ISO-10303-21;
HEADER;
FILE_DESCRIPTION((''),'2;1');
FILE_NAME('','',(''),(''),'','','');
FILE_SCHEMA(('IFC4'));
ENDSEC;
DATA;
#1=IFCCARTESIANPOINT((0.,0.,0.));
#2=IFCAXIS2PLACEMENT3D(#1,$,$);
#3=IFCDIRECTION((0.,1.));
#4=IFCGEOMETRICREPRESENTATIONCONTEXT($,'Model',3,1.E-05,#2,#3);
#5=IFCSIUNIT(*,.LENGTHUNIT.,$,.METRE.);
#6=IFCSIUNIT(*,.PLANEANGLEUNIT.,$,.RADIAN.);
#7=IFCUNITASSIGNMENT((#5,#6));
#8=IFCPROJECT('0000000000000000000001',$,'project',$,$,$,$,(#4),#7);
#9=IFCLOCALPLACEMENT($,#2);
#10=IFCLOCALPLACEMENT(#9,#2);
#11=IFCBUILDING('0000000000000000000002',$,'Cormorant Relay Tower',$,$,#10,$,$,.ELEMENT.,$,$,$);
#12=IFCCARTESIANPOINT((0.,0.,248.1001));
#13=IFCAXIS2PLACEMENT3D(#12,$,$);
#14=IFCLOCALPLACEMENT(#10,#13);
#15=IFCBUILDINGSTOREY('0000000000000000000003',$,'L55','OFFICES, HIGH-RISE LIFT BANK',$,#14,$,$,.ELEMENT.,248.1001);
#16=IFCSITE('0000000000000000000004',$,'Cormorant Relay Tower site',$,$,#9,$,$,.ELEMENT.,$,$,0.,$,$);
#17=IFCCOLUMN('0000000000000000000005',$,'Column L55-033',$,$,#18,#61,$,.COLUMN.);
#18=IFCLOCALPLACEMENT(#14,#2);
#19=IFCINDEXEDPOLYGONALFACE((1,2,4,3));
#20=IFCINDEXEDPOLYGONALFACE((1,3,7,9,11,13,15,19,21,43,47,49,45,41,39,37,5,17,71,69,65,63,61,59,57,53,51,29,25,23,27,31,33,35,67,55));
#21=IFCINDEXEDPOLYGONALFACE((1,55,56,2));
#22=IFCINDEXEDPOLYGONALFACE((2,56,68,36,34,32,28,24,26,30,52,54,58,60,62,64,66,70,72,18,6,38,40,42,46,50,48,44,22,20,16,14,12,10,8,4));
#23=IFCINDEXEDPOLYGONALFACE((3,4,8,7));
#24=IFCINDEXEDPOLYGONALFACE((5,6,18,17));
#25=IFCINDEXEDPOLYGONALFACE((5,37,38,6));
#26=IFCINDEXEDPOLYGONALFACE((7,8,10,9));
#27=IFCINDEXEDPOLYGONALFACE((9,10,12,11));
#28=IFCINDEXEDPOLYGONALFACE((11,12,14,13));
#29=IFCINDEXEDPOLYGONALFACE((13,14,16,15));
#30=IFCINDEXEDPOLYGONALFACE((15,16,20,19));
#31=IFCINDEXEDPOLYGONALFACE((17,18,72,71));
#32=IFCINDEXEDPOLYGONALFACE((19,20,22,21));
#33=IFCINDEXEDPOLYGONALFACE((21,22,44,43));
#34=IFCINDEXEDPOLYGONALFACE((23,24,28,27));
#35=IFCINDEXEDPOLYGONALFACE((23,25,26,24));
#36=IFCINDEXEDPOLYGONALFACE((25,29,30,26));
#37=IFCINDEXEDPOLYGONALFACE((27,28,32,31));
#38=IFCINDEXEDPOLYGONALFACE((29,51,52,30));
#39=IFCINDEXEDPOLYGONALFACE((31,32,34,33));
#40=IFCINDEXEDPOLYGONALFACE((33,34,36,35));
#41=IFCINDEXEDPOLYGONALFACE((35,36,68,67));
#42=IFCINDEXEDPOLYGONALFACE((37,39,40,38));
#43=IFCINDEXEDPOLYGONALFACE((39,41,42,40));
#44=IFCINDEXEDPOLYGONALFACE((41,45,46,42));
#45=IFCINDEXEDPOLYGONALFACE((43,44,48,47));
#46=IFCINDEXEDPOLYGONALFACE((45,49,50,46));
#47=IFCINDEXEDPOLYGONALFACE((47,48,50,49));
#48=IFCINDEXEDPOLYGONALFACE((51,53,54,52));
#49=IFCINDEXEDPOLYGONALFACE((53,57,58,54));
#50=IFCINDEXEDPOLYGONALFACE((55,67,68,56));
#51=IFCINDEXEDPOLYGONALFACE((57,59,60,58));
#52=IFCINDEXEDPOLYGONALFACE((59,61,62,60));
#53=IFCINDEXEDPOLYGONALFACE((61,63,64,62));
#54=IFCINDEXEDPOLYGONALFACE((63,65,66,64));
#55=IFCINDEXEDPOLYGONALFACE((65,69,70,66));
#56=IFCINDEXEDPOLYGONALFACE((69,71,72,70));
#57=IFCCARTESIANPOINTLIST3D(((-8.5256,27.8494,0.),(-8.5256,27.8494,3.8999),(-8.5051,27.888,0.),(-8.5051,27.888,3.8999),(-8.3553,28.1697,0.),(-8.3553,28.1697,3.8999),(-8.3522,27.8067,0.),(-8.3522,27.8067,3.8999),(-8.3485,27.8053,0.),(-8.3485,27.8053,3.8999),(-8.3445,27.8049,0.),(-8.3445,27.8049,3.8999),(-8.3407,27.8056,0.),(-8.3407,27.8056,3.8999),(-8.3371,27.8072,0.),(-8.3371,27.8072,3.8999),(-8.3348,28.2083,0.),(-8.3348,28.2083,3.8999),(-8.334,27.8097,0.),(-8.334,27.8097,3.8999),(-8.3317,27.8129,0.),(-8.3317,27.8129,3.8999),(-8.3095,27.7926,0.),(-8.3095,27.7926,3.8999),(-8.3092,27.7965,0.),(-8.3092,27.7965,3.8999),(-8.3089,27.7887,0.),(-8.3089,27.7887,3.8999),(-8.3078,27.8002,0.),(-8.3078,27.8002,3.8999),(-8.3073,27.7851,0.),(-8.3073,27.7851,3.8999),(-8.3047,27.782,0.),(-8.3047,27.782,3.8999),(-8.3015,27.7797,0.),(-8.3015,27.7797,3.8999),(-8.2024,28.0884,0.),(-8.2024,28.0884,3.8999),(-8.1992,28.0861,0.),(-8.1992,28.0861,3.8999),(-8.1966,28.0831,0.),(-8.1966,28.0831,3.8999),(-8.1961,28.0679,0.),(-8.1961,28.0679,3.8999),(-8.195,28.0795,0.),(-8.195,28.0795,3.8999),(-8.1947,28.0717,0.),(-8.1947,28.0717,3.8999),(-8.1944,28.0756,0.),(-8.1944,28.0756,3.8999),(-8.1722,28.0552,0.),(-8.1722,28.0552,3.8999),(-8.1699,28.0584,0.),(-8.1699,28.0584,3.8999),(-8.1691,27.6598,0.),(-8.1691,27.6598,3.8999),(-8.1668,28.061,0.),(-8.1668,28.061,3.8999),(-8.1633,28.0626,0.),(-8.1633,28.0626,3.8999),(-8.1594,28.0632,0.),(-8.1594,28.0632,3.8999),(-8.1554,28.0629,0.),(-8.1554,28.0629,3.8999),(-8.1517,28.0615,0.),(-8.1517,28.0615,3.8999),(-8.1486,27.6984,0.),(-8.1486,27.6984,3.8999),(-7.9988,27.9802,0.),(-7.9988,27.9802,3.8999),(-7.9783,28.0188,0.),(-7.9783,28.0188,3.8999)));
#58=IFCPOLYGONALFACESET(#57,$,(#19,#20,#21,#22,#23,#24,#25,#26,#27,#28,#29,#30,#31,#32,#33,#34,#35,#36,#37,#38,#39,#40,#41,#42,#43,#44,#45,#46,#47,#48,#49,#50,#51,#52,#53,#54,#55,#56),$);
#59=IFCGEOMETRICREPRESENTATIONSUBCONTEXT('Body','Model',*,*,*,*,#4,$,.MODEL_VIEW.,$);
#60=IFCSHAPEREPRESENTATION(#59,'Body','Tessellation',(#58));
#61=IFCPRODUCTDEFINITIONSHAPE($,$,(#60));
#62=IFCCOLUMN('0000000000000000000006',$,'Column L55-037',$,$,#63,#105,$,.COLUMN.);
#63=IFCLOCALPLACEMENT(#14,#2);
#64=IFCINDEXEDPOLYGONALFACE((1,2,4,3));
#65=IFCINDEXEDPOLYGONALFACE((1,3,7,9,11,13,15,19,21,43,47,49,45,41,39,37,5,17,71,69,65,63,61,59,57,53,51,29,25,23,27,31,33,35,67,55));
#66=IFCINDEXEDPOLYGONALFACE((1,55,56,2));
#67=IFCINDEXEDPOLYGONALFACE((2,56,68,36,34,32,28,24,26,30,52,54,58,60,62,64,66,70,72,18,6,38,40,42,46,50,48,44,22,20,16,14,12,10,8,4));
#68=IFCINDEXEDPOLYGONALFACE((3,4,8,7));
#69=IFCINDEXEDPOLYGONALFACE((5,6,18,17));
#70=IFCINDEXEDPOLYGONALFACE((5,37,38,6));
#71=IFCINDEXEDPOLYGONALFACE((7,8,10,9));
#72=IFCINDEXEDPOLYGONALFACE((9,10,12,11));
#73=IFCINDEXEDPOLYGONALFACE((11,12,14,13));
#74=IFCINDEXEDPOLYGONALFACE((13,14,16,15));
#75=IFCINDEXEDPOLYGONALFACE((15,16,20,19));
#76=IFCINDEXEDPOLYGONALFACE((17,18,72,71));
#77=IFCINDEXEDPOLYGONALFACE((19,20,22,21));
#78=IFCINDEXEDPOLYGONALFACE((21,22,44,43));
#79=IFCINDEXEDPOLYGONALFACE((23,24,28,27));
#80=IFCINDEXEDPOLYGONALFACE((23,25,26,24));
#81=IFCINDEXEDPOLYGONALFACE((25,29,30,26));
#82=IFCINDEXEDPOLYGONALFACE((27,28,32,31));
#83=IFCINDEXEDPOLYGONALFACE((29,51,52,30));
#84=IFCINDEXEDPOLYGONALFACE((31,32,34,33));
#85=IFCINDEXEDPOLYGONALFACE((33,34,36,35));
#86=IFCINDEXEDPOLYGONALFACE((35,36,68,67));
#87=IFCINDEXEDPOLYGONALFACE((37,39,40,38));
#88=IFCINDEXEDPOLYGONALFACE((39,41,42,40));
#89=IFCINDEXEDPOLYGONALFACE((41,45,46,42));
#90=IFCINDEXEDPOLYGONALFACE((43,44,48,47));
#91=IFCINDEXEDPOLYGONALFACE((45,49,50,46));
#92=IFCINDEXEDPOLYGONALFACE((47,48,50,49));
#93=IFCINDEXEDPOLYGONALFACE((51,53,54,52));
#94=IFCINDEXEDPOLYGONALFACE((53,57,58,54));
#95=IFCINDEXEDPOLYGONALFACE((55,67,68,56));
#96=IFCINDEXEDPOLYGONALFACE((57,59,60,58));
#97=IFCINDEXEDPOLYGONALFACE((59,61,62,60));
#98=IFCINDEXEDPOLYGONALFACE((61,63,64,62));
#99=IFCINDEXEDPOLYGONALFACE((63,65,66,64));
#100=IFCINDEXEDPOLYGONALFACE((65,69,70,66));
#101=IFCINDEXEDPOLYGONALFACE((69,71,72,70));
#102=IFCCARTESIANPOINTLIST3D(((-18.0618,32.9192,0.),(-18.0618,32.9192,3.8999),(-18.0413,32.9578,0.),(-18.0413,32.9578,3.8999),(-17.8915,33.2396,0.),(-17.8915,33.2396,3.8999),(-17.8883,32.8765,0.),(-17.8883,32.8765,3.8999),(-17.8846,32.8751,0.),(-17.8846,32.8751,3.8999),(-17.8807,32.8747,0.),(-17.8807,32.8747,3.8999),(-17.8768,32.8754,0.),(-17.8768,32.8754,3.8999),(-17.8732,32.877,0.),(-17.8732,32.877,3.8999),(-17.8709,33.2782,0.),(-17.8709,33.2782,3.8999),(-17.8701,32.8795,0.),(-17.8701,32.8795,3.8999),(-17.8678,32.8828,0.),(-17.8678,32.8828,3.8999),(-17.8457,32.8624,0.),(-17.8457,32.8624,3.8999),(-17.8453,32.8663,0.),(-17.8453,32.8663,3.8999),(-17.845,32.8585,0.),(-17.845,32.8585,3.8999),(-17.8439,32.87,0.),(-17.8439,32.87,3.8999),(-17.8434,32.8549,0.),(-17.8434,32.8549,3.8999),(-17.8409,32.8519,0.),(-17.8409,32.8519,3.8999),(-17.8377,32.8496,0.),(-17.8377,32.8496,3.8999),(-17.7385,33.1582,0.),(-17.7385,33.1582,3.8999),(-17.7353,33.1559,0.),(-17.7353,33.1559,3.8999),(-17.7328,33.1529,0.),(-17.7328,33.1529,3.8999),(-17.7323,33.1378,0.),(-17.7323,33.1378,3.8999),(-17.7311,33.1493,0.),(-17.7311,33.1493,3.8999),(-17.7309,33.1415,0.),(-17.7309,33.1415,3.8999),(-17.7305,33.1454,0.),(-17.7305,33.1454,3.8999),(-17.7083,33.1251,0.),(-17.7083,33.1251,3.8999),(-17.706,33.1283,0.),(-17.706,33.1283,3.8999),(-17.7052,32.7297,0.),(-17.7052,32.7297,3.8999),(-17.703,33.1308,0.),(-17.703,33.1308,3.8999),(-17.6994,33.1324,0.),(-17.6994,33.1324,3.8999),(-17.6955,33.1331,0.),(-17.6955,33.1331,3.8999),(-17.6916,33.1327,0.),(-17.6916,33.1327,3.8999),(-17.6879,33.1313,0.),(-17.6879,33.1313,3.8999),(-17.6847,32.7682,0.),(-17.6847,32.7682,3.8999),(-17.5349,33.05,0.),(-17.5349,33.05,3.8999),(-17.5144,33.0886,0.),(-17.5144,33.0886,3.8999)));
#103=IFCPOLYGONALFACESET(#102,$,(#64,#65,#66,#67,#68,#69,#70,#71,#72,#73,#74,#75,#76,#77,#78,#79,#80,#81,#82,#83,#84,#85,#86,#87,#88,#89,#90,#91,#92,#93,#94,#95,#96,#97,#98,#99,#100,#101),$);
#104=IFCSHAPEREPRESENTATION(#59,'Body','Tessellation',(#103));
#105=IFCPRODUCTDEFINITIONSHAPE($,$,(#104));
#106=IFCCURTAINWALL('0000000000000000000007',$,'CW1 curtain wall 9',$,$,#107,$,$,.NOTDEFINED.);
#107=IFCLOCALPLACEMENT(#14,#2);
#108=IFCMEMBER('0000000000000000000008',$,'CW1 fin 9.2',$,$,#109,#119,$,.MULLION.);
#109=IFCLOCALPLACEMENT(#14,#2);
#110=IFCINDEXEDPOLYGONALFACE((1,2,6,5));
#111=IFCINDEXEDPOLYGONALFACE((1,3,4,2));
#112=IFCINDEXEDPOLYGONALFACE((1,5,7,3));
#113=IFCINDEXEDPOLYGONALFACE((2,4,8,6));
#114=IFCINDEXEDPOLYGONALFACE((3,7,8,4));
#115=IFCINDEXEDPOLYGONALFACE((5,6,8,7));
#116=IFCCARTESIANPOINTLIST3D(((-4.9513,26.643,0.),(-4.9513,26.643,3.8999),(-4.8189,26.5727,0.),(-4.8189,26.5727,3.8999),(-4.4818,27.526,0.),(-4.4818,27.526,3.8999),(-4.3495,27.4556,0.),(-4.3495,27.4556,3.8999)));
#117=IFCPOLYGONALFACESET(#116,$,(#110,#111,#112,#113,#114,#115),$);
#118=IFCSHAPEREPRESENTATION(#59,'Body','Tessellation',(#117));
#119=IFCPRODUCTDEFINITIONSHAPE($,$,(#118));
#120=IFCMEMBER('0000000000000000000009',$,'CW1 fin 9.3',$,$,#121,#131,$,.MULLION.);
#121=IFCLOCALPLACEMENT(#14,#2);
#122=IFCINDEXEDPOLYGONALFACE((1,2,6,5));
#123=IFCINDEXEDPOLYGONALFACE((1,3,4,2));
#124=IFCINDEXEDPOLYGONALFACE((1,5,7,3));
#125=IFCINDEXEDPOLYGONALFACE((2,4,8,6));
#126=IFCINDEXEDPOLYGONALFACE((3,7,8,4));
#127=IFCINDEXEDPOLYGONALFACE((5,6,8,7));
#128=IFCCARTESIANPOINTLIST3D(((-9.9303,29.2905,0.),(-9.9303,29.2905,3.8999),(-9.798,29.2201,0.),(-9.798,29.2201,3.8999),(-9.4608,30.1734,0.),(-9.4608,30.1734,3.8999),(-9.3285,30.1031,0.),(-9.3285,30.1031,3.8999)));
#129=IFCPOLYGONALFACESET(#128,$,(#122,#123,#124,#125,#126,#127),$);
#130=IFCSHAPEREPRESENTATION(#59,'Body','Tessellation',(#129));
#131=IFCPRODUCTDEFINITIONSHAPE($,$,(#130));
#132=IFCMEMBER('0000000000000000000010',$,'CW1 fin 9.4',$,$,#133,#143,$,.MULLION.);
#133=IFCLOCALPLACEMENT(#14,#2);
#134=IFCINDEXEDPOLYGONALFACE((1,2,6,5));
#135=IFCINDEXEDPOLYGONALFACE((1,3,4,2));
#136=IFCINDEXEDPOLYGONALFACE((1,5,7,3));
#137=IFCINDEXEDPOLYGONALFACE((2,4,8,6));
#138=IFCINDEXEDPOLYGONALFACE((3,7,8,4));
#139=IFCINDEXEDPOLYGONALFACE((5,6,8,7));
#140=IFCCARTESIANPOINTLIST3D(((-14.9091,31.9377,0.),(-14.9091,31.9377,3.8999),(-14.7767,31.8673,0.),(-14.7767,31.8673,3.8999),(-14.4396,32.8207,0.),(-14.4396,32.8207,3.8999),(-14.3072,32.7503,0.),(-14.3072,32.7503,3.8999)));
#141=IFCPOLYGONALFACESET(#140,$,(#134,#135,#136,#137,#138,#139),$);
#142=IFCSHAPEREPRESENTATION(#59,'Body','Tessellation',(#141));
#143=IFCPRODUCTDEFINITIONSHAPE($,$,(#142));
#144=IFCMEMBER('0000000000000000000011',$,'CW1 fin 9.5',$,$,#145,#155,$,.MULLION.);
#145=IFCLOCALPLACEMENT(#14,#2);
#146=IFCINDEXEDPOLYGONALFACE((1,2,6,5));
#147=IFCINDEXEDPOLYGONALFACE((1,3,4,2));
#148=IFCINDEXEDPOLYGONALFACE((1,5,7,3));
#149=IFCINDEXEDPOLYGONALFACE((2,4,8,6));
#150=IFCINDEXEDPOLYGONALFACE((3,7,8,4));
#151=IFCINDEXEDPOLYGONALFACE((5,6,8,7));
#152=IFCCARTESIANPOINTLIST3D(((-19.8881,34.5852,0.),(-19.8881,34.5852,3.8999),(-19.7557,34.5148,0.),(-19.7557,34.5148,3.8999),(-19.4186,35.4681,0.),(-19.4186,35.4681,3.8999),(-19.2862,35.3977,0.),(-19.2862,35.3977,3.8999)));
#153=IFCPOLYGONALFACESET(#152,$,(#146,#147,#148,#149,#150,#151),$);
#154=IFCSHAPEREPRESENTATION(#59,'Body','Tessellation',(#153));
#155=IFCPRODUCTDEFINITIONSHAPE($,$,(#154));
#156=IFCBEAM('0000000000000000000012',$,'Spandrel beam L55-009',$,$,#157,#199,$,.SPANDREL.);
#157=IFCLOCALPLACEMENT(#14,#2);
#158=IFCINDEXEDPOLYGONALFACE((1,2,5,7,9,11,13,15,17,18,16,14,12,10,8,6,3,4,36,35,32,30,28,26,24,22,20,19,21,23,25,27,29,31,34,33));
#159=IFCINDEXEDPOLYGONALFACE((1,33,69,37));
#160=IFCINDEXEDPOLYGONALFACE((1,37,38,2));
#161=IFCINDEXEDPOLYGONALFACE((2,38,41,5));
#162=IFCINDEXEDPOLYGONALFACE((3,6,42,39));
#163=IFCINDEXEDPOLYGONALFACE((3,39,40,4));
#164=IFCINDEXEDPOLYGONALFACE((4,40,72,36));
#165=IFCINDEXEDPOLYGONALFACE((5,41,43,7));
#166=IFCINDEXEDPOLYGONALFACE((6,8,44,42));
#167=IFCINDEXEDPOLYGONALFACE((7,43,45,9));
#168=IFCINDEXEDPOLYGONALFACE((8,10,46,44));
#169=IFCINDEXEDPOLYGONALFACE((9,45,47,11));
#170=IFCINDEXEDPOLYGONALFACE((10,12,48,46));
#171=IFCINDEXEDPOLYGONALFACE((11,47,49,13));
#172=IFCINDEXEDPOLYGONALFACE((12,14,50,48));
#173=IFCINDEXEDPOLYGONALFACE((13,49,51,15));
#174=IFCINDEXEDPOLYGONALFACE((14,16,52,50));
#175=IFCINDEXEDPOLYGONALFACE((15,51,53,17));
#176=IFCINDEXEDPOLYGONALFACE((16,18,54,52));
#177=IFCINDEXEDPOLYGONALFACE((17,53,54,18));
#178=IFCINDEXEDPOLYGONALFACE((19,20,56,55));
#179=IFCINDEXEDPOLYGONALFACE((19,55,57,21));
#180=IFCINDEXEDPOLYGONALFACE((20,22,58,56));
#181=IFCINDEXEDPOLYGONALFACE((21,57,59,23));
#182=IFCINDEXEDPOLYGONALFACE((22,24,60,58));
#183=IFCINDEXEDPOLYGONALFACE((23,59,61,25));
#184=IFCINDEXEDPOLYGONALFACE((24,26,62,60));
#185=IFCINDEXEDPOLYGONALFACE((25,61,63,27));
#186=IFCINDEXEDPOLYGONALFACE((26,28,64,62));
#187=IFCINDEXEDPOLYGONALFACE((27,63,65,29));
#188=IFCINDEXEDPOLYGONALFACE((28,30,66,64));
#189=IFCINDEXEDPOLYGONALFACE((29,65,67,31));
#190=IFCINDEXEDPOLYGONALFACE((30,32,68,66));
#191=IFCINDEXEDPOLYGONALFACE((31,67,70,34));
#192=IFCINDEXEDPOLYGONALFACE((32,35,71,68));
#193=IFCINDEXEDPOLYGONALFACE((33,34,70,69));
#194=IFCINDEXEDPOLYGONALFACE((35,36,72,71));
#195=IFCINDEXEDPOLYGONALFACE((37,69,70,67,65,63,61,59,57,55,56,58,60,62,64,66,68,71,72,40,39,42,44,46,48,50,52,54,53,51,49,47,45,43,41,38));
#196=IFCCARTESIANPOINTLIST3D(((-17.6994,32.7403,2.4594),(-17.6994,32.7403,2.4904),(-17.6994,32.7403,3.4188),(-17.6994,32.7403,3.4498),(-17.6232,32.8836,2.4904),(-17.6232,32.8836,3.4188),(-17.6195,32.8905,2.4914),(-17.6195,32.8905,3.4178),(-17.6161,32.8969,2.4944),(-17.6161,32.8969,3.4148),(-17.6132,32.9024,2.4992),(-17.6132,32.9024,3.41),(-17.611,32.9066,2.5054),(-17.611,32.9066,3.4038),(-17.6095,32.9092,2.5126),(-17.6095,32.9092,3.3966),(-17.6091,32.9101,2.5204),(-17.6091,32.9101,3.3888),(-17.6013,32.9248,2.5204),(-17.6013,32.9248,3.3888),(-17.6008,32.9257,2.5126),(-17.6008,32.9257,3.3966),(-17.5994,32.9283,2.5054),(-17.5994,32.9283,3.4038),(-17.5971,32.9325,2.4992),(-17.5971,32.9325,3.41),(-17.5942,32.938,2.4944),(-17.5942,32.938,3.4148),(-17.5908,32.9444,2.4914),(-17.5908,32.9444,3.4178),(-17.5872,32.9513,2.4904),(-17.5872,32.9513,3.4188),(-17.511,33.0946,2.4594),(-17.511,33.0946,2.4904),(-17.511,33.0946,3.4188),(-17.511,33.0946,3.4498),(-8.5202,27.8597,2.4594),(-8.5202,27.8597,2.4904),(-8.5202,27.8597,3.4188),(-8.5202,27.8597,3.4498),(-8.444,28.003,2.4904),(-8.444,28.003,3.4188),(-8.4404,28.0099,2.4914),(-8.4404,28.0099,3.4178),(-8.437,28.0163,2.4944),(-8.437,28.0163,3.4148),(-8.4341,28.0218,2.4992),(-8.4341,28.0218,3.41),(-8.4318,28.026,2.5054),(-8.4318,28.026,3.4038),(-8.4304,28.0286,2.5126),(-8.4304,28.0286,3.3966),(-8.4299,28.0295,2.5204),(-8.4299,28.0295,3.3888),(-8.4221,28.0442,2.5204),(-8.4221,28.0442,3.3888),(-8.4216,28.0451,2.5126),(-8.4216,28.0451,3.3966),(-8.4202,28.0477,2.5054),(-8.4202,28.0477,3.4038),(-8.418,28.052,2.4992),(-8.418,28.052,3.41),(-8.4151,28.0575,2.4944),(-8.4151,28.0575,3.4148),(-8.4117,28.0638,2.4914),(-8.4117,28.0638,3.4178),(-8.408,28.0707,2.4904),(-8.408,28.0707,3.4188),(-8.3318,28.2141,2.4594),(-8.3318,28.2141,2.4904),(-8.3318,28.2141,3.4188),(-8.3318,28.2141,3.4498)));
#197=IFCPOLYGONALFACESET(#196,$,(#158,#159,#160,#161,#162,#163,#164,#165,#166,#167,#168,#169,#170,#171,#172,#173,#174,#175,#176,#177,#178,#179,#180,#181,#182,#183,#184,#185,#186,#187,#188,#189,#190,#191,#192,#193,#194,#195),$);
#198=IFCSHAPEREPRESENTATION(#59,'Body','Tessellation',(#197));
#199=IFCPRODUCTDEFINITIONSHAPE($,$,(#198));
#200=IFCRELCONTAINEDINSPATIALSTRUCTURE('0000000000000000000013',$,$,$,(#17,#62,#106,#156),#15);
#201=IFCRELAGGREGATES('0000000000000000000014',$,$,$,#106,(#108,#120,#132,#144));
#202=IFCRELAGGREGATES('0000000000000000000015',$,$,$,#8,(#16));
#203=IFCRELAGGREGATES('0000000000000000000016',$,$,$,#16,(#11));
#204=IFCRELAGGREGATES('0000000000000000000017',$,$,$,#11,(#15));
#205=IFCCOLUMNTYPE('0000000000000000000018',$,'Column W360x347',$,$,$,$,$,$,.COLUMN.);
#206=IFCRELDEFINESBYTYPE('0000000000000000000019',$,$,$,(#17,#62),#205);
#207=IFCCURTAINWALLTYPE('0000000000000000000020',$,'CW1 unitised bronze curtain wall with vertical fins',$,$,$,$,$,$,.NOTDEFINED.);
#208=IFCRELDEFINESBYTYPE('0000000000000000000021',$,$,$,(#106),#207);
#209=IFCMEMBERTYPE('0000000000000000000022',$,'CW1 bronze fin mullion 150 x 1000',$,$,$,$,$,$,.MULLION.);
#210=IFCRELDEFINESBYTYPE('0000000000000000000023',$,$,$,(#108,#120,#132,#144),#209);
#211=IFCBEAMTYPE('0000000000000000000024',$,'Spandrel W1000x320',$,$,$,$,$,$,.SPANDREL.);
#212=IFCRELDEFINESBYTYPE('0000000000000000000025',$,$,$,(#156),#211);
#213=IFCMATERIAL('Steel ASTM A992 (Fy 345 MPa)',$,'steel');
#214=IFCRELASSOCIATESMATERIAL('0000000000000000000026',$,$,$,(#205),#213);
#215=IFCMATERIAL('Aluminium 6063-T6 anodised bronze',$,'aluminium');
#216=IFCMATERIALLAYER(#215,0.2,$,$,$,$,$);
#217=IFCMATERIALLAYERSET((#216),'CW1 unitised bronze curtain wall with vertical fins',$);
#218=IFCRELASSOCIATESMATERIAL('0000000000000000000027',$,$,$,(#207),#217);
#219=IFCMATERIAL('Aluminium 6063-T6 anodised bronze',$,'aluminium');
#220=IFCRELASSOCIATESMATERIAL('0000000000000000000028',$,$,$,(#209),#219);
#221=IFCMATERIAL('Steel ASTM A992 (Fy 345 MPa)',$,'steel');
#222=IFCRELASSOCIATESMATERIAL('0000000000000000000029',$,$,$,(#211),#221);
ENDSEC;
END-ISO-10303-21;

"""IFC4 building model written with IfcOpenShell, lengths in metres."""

from ifc_helpers import new_model, si_unit, direction, frame, origin, origin_2d, place, context, subcontext, project, spatial, rectangle, i_section, extrude, material, layer, layer_set, material_profile, profile_set, type_object, element, aggregate, save


model = new_model("IFC4")

# Units and contexts
model_context = context("Model", 3, precision=1e-05, world=origin(), true_north=direction((0.0, 1.0)))
body_context = subcontext(model_context, "Body", "Model", "MODEL_VIEW")
ifc_project = project(units=[si_unit("LENGTHUNIT", "METRE"), si_unit("PLANEANGLEUNIT", "RADIAN")], contexts=[model_context])

# Site, building, storey
site_placement = place(None, origin())
site = spatial("IfcSite", under=ifc_project, at=site_placement, Name="Cormorant Relay Tower site", CompositionType="ELEMENT", RefElevation=0.0)
building_placement = place(site_placement, origin())
building = spatial("IfcBuilding", under=site, at=building_placement, Name="Cormorant Relay Tower", CompositionType="ELEMENT")
storey_placement = place(building_placement, frame((0.0, 0.0, 248.1001)))
storey = spatial("IfcBuildingStorey", under=building, at=storey_placement, Name="L55", Description="OFFICES, HIGH-RISE LIFT BANK", CompositionType="ELEMENT", Elevation=248.1001)

# Columns
ifc_material_1 = material(Name="Steel ASTM A992 (Fy 345 MPa)", Category="steel")
ifc_material_profile_1 = material_profile(ifc_material_1, i_section(OverallWidth=0.4038, OverallDepth=0.4065, WebThickness=0.0271, FlangeThickness=0.0437, FilletRadius=0.0151, at=origin_2d()), Name="W360x347")
ifc_profile_set_1 = profile_set([ifc_material_profile_1], Name="Steel ASTM A992 (Fy 345 MPa)")
column_type = type_object("IfcColumnType", Name="Column W360x347", PredefinedType="COLUMN", material=ifc_profile_set_1)
for number, where, z_axis, x_axis, name in (
    (1, (-8.252, 27.9341, 0.0), (0.0, 0.0, 1.0), (-0.882948, 0.469472, 0.0), "Column L55-033"),
    (2, (-17.7881, 33.0039, 0.0), (0.0, 0.0, 1.0), (-0.882948, 0.469472, 0.0), "Column L55-037"),
):
    element("IfcColumn", number, at=place(storey_placement, frame(where, z_axis=z_axis, x_axis=x_axis)), inside=storey, type_object=column_type, Name=name, PredefinedType="COLUMN", context=body_context, shape_type="SweptSolid", body=[
        extrude(i_section(OverallWidth=0.4038, OverallDepth=0.4065, WebThickness=0.0271, FlangeThickness=0.0437, FilletRadius=0.0151, at=origin_2d()), origin(), (0.0, 0.0, 1.0), 3.8999),
    ])

# Curtain wall, members
ifc_material_2 = material(Name="Aluminium 6063-T6 anodised bronze", Category="aluminium")
ifc_layer_1 = layer(ifc_material_2, 0.2)
ifc_layer_set_1 = layer_set([ifc_layer_1], Name="CW1 unitised bronze curtain wall with vertical fins")
curtain_wall_type = type_object("IfcCurtainWallType", Name="CW1 unitised bronze curtain wall with vertical fins", PredefinedType="NOTDEFINED", material=ifc_layer_set_1)
curtain_wall_placement = place(storey_placement, origin())
curtain_wall = element("IfcCurtainWall", 3, at=curtain_wall_placement, inside=storey, type_object=curtain_wall_type, Name="CW1 curtain wall 9", PredefinedType="NOTDEFINED")
ifc_material_3 = material(Name="Aluminium 6063-T6 anodised bronze", Category="aluminium")
ifc_material_profile_2 = material_profile(ifc_material_3, rectangle(XDim=0.1499, YDim=1.0, at=origin_2d()), Name="AL 150x1000")
ifc_profile_set_2 = profile_set([ifc_material_profile_2], Name="Aluminium 6063-T6 anodised bronze")
member_type = type_object("IfcMemberType", Name="CW1 bronze fin mullion 150 x 1000", PredefinedType="MULLION", material=ifc_profile_set_2)
member_1_placement = place(storey_placement, frame((-4.6504, 27.0493, 0.0), z_axis=(0.0, 0.0, 1.0), x_axis=(-0.882948, 0.469472, 0.0)))
member_1 = element("IfcMember", 4, at=member_1_placement, type_object=member_type, Name="CW1 fin 9.2", PredefinedType="MULLION", context=body_context, shape_type="SweptSolid", body=[
    extrude(rectangle(XDim=0.1499, YDim=1.0, at=origin_2d()), origin(), (0.0, 0.0, 1.0), 3.8999),
])
member_2_placement = place(storey_placement, frame((-9.6294, 29.6968, 0.0), z_axis=(0.0, 0.0, 1.0), x_axis=(-0.882948, 0.469472, 0.0)))
member_2 = element("IfcMember", 5, at=member_2_placement, type_object=member_type, Name="CW1 fin 9.3", PredefinedType="MULLION", context=body_context, shape_type="SweptSolid", body=[
    extrude(rectangle(XDim=0.1499, YDim=1.0, at=origin_2d()), origin(), (0.0, 0.0, 1.0), 3.8999),
])
member_3_placement = place(storey_placement, frame((-14.6082, 32.344, 0.0), z_axis=(0.0, 0.0, 1.0), x_axis=(-0.882948, 0.469472, 0.0)))
member_3 = element("IfcMember", 6, at=member_3_placement, type_object=member_type, Name="CW1 fin 9.4", PredefinedType="MULLION", context=body_context, shape_type="SweptSolid", body=[
    extrude(rectangle(XDim=0.1499, YDim=1.0, at=origin_2d()), origin(), (0.0, 0.0, 1.0), 3.8999),
])
member_4_placement = place(storey_placement, frame((-19.5872, 34.9915, 0.0), z_axis=(0.0, 0.0, 1.0), x_axis=(-0.882948, 0.469472, 0.0)))
member_4 = element("IfcMember", 7, at=member_4_placement, type_object=member_type, Name="CW1 fin 9.5", PredefinedType="MULLION", context=body_context, shape_type="SweptSolid", body=[
    extrude(rectangle(XDim=0.1499, YDim=1.0, at=origin_2d()), origin(), (0.0, 0.0, 1.0), 3.8999),
])

# Beam
ifc_material_4 = material(Name="Steel ASTM A992 (Fy 345 MPa)", Category="steel")
ifc_material_profile_3 = material_profile(ifc_material_4, i_section(OverallWidth=0.4014, OverallDepth=0.9905, WebThickness=0.0166, FlangeThickness=0.031, FilletRadius=0.03, at=origin_2d()), Name="W1000x320")
ifc_profile_set_3 = profile_set([ifc_material_profile_3], Name="Steel ASTM A992 (Fy 345 MPa)")
beam_type_1 = type_object("IfcBeamType", Name="Spandrel W1000x320", PredefinedType="SPANDREL", material=ifc_profile_set_3)
beam_1_placement = place(storey_placement, frame((-8.426, 28.0369, 2.9546), z_axis=(-0.88295, 0.469468, 0.0), x_axis=(-0.469468, -0.88295, 0.0)))
element("IfcBeam", 8, at=beam_1_placement, inside=storey, type_object=beam_type_1, Name="Spandrel beam L55-009", PredefinedType="SPANDREL", context=body_context, shape_type="SweptSolid", body=[
    extrude(i_section(OverallWidth=0.4014, OverallDepth=0.9905, WebThickness=0.0166, FlangeThickness=0.031, FilletRadius=0.03, at=origin_2d()), origin(), (0.0, 0.0, 1.0), 10.396),
])

aggregate(curtain_wall, [member_1, member_2, member_3, member_4])

save(model, "model.ifc")
